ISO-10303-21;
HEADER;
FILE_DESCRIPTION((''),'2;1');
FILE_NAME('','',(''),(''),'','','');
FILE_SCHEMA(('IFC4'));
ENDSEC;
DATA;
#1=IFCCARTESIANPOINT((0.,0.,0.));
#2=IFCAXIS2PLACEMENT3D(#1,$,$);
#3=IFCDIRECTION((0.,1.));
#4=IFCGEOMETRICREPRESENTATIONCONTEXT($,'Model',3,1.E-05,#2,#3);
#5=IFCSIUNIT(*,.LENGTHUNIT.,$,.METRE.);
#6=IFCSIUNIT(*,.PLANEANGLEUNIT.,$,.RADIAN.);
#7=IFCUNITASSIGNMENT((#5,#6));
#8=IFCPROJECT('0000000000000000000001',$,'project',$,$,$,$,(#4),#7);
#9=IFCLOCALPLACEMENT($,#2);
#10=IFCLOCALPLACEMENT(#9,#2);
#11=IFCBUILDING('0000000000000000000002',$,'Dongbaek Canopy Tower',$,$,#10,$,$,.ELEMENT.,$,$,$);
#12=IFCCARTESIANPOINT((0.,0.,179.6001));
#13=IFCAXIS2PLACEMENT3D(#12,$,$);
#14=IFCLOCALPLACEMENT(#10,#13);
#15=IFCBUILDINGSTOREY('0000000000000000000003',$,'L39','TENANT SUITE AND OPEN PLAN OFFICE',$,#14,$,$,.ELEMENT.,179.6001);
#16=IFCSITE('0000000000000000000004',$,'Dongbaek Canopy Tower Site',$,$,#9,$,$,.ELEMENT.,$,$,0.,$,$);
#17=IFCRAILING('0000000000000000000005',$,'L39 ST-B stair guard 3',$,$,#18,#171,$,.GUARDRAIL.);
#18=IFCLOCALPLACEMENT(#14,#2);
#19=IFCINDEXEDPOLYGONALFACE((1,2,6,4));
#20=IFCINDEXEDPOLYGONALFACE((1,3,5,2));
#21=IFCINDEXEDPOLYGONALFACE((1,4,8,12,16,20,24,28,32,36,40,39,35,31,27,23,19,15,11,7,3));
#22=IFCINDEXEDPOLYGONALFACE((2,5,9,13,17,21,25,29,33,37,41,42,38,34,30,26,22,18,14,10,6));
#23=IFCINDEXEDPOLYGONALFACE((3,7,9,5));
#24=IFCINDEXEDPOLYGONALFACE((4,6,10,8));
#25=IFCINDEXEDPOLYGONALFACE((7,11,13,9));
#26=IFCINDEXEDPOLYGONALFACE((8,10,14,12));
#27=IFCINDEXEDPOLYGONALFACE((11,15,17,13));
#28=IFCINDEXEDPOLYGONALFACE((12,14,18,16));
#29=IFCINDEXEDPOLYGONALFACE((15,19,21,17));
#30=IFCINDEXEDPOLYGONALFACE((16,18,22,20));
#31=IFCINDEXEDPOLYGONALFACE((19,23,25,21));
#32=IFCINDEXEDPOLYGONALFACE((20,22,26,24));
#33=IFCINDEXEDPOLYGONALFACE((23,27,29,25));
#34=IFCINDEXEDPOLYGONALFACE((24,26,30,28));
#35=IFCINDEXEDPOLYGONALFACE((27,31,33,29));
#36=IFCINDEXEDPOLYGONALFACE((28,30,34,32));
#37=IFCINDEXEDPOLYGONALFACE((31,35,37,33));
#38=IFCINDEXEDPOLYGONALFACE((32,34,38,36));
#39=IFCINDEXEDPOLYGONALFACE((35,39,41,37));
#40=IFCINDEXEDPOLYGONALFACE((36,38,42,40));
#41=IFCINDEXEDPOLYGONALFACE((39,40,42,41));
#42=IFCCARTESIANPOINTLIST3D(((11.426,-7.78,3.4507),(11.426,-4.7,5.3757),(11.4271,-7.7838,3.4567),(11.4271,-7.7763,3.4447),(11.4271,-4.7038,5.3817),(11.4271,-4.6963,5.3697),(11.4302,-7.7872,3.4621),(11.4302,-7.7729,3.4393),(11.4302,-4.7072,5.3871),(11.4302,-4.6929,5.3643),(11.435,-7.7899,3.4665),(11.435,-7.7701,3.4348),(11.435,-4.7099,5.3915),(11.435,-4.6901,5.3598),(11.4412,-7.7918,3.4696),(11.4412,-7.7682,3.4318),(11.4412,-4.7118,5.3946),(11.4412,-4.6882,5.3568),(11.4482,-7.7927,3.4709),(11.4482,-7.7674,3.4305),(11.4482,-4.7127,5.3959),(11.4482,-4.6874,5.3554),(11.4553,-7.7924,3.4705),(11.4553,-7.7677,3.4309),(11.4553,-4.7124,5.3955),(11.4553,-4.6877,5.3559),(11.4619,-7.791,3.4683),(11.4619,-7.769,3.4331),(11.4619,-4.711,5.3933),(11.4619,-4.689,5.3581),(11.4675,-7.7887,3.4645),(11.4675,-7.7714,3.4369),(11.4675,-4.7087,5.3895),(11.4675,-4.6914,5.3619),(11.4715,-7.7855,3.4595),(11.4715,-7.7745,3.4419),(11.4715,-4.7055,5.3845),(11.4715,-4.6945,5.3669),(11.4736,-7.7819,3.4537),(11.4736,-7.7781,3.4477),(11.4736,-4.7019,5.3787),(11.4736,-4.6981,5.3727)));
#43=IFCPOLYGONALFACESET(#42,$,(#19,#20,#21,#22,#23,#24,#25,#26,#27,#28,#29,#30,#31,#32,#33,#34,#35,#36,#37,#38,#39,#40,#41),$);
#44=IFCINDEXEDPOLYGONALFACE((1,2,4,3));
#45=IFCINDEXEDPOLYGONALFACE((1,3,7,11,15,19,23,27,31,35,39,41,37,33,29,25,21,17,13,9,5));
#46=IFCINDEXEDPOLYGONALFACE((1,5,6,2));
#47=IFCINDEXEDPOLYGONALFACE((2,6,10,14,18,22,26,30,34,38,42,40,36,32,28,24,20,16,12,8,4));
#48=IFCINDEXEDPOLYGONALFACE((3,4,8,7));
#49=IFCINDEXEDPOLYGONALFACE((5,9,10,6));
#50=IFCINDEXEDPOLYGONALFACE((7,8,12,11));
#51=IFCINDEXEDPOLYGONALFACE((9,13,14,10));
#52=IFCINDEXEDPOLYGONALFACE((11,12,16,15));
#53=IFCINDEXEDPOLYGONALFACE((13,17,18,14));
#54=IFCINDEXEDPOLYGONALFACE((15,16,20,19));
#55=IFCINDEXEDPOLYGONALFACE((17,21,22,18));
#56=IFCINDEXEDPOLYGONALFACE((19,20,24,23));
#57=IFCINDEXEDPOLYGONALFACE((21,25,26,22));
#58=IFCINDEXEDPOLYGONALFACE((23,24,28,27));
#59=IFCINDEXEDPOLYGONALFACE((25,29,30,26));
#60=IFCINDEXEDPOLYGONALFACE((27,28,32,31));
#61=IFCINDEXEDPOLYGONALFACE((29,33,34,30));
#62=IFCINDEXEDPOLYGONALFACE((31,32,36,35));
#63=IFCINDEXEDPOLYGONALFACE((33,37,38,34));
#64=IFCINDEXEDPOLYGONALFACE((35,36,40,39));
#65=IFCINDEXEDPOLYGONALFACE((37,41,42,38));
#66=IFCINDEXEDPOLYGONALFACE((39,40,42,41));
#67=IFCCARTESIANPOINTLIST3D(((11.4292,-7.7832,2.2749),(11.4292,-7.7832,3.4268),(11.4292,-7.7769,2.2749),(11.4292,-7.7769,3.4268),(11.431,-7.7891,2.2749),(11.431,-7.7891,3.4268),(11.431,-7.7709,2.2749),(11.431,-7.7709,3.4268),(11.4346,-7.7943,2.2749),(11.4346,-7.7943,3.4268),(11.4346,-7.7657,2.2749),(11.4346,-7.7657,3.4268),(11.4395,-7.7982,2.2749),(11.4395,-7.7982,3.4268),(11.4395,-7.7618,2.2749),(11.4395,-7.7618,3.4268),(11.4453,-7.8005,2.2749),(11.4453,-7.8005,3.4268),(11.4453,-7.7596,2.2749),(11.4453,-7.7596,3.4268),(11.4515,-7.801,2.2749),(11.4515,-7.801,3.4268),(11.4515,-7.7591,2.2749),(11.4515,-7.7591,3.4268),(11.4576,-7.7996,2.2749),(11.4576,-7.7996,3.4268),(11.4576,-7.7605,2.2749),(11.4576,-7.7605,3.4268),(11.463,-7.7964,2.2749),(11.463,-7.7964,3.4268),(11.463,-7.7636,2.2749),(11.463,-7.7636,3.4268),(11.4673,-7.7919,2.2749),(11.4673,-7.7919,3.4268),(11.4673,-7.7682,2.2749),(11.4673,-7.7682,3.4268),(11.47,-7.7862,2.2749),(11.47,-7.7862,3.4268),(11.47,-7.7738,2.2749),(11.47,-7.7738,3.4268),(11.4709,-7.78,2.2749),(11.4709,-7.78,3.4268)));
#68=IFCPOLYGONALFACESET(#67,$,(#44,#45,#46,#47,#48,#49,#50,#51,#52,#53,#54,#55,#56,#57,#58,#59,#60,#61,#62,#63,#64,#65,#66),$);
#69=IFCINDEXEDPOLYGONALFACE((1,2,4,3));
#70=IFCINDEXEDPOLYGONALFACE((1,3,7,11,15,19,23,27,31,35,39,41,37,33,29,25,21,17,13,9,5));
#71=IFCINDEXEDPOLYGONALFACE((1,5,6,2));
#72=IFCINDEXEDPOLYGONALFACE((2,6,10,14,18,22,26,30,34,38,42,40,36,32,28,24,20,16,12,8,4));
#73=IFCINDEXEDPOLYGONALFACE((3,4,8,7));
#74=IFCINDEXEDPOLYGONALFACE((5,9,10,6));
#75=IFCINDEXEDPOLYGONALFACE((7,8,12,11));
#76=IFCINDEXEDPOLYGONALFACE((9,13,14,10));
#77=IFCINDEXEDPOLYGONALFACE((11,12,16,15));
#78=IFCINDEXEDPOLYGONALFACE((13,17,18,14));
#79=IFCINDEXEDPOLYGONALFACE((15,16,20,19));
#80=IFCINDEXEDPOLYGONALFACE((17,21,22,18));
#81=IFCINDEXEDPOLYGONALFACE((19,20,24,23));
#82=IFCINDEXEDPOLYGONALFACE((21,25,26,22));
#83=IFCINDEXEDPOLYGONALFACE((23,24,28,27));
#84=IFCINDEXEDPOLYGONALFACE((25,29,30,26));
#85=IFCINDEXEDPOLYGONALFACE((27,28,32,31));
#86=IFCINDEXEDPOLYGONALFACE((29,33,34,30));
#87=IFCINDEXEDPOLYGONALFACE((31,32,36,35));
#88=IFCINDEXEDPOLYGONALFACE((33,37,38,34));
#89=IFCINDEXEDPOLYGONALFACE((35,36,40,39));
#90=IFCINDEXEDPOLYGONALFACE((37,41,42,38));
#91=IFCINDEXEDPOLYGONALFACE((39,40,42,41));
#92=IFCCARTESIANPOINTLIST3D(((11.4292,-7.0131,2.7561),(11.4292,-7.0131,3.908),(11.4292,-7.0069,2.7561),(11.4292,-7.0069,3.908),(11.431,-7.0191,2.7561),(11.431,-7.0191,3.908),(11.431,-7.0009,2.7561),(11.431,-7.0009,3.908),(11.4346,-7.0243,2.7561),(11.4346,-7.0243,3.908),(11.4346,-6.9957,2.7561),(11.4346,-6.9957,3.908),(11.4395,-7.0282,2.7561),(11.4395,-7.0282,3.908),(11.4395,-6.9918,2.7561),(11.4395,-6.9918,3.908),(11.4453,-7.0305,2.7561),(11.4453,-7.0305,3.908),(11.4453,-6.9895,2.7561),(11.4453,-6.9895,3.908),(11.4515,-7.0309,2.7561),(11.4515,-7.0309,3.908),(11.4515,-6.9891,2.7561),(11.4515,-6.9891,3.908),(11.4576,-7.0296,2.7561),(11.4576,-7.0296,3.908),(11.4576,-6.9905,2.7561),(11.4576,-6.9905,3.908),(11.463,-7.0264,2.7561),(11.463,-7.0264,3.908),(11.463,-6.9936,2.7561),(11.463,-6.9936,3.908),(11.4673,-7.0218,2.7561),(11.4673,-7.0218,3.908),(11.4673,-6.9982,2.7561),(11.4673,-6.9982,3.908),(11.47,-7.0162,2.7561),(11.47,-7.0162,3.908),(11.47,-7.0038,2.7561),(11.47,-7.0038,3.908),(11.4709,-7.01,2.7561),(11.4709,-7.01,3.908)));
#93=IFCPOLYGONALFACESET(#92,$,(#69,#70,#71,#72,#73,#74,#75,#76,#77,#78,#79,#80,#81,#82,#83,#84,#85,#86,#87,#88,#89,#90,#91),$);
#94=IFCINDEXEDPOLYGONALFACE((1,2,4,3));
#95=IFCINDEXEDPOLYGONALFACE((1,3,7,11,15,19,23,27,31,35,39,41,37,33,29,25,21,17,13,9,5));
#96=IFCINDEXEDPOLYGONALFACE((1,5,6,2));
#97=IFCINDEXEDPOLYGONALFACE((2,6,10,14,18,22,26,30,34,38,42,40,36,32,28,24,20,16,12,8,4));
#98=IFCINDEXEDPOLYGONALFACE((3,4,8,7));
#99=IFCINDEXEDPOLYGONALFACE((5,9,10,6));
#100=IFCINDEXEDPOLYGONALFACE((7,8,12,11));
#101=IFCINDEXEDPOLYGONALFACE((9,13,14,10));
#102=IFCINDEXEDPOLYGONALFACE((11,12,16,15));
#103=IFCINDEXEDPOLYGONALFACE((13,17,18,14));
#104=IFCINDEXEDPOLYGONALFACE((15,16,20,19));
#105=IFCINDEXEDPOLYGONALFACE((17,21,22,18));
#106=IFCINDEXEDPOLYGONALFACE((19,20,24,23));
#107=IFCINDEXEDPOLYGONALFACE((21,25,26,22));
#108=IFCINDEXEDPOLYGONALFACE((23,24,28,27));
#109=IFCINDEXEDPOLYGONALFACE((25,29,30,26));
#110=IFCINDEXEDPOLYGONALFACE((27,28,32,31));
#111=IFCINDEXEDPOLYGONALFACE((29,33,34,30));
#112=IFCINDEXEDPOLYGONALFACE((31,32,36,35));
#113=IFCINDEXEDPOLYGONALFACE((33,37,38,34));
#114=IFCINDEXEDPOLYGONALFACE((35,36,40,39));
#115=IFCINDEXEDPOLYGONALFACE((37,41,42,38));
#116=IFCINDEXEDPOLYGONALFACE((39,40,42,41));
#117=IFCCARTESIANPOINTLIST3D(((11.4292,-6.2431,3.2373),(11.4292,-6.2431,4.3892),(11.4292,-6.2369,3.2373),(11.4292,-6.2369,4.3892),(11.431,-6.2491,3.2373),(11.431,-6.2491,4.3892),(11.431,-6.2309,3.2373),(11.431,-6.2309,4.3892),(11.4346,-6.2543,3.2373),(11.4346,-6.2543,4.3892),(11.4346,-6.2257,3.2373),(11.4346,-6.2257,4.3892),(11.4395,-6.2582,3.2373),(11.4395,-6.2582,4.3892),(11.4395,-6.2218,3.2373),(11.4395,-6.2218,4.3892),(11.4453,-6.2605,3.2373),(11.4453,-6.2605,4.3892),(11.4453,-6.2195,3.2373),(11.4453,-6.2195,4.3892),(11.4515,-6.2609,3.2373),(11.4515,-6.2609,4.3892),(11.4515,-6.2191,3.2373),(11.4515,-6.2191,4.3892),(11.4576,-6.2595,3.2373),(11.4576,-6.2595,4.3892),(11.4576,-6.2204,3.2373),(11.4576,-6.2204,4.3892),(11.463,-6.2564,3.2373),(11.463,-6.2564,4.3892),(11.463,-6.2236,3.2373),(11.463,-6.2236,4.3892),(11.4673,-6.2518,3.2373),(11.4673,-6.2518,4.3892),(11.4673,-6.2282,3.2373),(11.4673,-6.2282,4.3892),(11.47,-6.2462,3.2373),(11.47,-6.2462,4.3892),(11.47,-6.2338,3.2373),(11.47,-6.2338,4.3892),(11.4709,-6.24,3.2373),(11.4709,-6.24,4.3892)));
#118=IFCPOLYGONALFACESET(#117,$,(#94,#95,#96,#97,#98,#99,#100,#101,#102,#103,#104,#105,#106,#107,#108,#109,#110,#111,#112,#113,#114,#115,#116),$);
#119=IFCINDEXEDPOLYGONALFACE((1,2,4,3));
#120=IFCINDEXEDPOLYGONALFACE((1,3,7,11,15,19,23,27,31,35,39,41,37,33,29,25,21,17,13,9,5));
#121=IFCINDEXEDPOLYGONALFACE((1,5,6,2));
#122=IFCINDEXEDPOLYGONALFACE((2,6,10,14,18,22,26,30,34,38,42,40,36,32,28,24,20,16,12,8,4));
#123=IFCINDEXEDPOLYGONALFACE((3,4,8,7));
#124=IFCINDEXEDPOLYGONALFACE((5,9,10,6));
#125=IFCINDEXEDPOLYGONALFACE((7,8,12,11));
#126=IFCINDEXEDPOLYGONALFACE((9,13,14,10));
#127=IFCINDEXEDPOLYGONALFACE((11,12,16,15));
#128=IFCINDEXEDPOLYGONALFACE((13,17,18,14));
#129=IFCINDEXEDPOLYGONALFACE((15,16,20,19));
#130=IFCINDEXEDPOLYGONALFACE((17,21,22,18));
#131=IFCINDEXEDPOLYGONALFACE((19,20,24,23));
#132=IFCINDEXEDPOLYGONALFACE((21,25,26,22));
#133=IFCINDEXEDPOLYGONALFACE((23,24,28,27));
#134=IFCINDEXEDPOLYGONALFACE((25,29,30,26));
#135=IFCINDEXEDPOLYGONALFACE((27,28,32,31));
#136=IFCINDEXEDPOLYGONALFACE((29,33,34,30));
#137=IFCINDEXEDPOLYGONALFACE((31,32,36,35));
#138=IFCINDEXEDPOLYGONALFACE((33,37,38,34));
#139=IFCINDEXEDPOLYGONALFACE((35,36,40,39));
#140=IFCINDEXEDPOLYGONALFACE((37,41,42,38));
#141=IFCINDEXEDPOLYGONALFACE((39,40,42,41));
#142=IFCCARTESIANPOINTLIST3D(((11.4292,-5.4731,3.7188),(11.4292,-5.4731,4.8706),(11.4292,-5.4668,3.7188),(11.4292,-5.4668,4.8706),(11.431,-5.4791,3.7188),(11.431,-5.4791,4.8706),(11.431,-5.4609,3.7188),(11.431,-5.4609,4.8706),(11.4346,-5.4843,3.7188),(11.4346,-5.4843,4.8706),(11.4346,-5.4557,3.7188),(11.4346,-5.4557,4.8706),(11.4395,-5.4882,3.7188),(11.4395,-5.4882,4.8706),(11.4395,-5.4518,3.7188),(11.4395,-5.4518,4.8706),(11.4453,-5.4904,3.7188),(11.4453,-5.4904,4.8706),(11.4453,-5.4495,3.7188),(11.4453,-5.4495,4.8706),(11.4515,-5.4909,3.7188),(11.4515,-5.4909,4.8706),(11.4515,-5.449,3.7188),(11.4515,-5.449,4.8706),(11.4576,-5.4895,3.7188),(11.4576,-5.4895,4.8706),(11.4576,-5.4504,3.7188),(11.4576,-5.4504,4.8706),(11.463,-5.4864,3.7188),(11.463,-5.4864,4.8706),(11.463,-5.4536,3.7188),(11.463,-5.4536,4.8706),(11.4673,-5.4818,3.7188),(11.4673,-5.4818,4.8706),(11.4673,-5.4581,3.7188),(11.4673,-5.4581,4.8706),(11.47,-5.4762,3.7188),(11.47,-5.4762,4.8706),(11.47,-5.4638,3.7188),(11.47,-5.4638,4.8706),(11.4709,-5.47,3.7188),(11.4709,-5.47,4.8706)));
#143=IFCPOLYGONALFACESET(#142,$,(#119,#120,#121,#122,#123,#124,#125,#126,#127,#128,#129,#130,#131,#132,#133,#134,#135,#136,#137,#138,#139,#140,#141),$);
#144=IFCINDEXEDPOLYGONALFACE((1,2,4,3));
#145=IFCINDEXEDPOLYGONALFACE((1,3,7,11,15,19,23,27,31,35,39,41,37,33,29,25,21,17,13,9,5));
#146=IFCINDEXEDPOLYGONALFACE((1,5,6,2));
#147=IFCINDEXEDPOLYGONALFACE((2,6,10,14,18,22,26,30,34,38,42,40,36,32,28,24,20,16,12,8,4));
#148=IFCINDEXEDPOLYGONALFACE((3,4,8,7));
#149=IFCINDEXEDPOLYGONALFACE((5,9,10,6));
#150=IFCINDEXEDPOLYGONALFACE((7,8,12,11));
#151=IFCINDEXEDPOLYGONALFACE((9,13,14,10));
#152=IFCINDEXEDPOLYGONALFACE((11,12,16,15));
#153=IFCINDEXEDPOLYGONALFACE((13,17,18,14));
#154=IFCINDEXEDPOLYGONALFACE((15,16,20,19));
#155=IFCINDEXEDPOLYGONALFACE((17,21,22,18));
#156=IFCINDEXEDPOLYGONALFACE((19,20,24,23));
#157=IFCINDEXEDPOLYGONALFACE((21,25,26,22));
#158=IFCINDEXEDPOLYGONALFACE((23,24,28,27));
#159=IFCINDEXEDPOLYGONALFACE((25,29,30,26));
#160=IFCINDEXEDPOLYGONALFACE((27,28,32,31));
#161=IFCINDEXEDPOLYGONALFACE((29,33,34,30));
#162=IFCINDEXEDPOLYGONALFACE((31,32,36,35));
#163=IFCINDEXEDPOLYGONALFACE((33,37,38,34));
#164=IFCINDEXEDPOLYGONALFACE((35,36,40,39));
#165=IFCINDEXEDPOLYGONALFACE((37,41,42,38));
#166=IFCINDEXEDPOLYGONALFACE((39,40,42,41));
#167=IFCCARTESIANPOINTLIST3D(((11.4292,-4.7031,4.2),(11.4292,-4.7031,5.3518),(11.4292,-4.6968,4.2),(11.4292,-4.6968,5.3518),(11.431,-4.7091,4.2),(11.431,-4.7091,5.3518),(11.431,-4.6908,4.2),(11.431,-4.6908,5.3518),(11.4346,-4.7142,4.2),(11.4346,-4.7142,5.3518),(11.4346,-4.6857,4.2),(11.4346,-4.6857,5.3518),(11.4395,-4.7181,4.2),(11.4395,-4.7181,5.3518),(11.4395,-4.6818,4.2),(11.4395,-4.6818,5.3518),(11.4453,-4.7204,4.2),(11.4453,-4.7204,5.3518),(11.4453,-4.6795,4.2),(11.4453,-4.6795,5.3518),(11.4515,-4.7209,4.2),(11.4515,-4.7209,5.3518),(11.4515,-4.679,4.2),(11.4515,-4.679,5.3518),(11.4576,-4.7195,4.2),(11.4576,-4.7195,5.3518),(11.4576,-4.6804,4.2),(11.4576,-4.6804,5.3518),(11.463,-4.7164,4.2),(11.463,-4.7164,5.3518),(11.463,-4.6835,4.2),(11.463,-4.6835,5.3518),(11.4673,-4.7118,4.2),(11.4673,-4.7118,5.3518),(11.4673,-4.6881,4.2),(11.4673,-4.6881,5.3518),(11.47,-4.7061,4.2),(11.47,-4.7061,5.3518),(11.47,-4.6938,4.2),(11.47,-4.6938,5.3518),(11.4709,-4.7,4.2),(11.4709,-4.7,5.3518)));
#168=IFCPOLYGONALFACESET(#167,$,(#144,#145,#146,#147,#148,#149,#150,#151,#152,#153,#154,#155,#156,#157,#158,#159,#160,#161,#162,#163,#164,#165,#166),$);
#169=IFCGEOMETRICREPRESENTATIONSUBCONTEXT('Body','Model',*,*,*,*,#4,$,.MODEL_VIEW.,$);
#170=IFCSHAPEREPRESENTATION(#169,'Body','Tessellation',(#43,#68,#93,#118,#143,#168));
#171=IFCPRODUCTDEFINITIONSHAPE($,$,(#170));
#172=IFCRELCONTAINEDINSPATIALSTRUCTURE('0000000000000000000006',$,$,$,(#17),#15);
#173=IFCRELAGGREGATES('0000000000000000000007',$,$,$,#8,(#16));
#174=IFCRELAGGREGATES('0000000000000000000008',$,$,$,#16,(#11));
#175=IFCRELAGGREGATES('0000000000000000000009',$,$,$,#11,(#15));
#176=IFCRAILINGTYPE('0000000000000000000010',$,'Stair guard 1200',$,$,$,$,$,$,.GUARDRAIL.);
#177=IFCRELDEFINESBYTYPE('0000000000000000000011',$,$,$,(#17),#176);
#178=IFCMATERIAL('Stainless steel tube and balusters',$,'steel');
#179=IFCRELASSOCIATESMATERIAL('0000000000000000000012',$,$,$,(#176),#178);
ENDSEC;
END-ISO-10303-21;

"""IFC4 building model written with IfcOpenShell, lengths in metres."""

from ifc_helpers import new_model, si_unit, direction, frame, origin, origin_2d, place, context, subcontext, project, spatial, circle, extrude, material, type_object, element, save


model = new_model("IFC4")

# Units and contexts
model_context = context("Model", 3, precision=1e-05, world=origin(), true_north=direction((0.0, 1.0)))
body_context = subcontext(model_context, "Body", "Model", "MODEL_VIEW")
ifc_project = project(units=[si_unit("LENGTHUNIT", "METRE"), si_unit("PLANEANGLEUNIT", "RADIAN")], contexts=[model_context])

# Site, building, storey
site_placement = place(None, origin())
site = spatial("IfcSite", under=ifc_project, at=site_placement, Name="Dongbaek Canopy Tower Site", CompositionType="ELEMENT", RefElevation=0.0)
building_placement = place(site_placement, origin())
building = spatial("IfcBuilding", under=site, at=building_placement, Name="Dongbaek Canopy Tower", CompositionType="ELEMENT")
storey_placement = place(building_placement, frame((0.0, 0.0, 179.6001)))
storey = spatial("IfcBuildingStorey", under=building, at=storey_placement, Name="L39", Description="TENANT SUITE AND OPEN PLAN OFFICE", CompositionType="ELEMENT", Elevation=179.6001)

# Railing
ifc_material_1 = material(Name="Stainless steel tube and balusters", Category="steel")
railing_type_1 = type_object("IfcRailingType", Name="Stair guard 1200", PredefinedType="GUARDRAIL", material=ifc_material_1)
railing_1_placement = place(storey_placement, frame((11.45, -7.78, 2.2749)))
element("IfcRailing", 1, at=railing_1_placement, inside=storey, type_object=railing_type_1, Name="L39 ST-B stair guard 3", PredefinedType="GUARDRAIL", context=body_context, shape_type="SweptSolid", body=[
    extrude(circle(Radius=0.0239, at=origin_2d()), frame((0.0, 0.0, 1.1758), z_axis=(0.0, 0.847998, 0.529999), x_axis=(-1.0, 0.0, 0.0)), (0.0, 0.0, 1.0), 3.6321),
    extrude(circle(Radius=0.021, at=origin_2d()), origin(), (0.0, 0.0, 1.0), 1.1519),
    extrude(circle(Radius=0.021, at=origin_2d()), frame((0.0, 0.77, 0.4812)), (0.0, 0.0, 1.0), 1.1519),
    extrude(circle(Radius=0.021, at=origin_2d()), frame((0.0, 1.54, 0.9624)), (0.0, 0.0, 1.0), 1.1519),
    extrude(circle(Radius=0.021, at=origin_2d()), frame((0.0, 2.3101, 1.4438)), (0.0, 0.0, 1.0), 1.1519),
    extrude(circle(Radius=0.021, at=origin_2d()), frame((0.0, 3.0801, 1.925)), (0.0, 0.0, 1.0), 1.1519),
])

save(model, "model.ifc")
